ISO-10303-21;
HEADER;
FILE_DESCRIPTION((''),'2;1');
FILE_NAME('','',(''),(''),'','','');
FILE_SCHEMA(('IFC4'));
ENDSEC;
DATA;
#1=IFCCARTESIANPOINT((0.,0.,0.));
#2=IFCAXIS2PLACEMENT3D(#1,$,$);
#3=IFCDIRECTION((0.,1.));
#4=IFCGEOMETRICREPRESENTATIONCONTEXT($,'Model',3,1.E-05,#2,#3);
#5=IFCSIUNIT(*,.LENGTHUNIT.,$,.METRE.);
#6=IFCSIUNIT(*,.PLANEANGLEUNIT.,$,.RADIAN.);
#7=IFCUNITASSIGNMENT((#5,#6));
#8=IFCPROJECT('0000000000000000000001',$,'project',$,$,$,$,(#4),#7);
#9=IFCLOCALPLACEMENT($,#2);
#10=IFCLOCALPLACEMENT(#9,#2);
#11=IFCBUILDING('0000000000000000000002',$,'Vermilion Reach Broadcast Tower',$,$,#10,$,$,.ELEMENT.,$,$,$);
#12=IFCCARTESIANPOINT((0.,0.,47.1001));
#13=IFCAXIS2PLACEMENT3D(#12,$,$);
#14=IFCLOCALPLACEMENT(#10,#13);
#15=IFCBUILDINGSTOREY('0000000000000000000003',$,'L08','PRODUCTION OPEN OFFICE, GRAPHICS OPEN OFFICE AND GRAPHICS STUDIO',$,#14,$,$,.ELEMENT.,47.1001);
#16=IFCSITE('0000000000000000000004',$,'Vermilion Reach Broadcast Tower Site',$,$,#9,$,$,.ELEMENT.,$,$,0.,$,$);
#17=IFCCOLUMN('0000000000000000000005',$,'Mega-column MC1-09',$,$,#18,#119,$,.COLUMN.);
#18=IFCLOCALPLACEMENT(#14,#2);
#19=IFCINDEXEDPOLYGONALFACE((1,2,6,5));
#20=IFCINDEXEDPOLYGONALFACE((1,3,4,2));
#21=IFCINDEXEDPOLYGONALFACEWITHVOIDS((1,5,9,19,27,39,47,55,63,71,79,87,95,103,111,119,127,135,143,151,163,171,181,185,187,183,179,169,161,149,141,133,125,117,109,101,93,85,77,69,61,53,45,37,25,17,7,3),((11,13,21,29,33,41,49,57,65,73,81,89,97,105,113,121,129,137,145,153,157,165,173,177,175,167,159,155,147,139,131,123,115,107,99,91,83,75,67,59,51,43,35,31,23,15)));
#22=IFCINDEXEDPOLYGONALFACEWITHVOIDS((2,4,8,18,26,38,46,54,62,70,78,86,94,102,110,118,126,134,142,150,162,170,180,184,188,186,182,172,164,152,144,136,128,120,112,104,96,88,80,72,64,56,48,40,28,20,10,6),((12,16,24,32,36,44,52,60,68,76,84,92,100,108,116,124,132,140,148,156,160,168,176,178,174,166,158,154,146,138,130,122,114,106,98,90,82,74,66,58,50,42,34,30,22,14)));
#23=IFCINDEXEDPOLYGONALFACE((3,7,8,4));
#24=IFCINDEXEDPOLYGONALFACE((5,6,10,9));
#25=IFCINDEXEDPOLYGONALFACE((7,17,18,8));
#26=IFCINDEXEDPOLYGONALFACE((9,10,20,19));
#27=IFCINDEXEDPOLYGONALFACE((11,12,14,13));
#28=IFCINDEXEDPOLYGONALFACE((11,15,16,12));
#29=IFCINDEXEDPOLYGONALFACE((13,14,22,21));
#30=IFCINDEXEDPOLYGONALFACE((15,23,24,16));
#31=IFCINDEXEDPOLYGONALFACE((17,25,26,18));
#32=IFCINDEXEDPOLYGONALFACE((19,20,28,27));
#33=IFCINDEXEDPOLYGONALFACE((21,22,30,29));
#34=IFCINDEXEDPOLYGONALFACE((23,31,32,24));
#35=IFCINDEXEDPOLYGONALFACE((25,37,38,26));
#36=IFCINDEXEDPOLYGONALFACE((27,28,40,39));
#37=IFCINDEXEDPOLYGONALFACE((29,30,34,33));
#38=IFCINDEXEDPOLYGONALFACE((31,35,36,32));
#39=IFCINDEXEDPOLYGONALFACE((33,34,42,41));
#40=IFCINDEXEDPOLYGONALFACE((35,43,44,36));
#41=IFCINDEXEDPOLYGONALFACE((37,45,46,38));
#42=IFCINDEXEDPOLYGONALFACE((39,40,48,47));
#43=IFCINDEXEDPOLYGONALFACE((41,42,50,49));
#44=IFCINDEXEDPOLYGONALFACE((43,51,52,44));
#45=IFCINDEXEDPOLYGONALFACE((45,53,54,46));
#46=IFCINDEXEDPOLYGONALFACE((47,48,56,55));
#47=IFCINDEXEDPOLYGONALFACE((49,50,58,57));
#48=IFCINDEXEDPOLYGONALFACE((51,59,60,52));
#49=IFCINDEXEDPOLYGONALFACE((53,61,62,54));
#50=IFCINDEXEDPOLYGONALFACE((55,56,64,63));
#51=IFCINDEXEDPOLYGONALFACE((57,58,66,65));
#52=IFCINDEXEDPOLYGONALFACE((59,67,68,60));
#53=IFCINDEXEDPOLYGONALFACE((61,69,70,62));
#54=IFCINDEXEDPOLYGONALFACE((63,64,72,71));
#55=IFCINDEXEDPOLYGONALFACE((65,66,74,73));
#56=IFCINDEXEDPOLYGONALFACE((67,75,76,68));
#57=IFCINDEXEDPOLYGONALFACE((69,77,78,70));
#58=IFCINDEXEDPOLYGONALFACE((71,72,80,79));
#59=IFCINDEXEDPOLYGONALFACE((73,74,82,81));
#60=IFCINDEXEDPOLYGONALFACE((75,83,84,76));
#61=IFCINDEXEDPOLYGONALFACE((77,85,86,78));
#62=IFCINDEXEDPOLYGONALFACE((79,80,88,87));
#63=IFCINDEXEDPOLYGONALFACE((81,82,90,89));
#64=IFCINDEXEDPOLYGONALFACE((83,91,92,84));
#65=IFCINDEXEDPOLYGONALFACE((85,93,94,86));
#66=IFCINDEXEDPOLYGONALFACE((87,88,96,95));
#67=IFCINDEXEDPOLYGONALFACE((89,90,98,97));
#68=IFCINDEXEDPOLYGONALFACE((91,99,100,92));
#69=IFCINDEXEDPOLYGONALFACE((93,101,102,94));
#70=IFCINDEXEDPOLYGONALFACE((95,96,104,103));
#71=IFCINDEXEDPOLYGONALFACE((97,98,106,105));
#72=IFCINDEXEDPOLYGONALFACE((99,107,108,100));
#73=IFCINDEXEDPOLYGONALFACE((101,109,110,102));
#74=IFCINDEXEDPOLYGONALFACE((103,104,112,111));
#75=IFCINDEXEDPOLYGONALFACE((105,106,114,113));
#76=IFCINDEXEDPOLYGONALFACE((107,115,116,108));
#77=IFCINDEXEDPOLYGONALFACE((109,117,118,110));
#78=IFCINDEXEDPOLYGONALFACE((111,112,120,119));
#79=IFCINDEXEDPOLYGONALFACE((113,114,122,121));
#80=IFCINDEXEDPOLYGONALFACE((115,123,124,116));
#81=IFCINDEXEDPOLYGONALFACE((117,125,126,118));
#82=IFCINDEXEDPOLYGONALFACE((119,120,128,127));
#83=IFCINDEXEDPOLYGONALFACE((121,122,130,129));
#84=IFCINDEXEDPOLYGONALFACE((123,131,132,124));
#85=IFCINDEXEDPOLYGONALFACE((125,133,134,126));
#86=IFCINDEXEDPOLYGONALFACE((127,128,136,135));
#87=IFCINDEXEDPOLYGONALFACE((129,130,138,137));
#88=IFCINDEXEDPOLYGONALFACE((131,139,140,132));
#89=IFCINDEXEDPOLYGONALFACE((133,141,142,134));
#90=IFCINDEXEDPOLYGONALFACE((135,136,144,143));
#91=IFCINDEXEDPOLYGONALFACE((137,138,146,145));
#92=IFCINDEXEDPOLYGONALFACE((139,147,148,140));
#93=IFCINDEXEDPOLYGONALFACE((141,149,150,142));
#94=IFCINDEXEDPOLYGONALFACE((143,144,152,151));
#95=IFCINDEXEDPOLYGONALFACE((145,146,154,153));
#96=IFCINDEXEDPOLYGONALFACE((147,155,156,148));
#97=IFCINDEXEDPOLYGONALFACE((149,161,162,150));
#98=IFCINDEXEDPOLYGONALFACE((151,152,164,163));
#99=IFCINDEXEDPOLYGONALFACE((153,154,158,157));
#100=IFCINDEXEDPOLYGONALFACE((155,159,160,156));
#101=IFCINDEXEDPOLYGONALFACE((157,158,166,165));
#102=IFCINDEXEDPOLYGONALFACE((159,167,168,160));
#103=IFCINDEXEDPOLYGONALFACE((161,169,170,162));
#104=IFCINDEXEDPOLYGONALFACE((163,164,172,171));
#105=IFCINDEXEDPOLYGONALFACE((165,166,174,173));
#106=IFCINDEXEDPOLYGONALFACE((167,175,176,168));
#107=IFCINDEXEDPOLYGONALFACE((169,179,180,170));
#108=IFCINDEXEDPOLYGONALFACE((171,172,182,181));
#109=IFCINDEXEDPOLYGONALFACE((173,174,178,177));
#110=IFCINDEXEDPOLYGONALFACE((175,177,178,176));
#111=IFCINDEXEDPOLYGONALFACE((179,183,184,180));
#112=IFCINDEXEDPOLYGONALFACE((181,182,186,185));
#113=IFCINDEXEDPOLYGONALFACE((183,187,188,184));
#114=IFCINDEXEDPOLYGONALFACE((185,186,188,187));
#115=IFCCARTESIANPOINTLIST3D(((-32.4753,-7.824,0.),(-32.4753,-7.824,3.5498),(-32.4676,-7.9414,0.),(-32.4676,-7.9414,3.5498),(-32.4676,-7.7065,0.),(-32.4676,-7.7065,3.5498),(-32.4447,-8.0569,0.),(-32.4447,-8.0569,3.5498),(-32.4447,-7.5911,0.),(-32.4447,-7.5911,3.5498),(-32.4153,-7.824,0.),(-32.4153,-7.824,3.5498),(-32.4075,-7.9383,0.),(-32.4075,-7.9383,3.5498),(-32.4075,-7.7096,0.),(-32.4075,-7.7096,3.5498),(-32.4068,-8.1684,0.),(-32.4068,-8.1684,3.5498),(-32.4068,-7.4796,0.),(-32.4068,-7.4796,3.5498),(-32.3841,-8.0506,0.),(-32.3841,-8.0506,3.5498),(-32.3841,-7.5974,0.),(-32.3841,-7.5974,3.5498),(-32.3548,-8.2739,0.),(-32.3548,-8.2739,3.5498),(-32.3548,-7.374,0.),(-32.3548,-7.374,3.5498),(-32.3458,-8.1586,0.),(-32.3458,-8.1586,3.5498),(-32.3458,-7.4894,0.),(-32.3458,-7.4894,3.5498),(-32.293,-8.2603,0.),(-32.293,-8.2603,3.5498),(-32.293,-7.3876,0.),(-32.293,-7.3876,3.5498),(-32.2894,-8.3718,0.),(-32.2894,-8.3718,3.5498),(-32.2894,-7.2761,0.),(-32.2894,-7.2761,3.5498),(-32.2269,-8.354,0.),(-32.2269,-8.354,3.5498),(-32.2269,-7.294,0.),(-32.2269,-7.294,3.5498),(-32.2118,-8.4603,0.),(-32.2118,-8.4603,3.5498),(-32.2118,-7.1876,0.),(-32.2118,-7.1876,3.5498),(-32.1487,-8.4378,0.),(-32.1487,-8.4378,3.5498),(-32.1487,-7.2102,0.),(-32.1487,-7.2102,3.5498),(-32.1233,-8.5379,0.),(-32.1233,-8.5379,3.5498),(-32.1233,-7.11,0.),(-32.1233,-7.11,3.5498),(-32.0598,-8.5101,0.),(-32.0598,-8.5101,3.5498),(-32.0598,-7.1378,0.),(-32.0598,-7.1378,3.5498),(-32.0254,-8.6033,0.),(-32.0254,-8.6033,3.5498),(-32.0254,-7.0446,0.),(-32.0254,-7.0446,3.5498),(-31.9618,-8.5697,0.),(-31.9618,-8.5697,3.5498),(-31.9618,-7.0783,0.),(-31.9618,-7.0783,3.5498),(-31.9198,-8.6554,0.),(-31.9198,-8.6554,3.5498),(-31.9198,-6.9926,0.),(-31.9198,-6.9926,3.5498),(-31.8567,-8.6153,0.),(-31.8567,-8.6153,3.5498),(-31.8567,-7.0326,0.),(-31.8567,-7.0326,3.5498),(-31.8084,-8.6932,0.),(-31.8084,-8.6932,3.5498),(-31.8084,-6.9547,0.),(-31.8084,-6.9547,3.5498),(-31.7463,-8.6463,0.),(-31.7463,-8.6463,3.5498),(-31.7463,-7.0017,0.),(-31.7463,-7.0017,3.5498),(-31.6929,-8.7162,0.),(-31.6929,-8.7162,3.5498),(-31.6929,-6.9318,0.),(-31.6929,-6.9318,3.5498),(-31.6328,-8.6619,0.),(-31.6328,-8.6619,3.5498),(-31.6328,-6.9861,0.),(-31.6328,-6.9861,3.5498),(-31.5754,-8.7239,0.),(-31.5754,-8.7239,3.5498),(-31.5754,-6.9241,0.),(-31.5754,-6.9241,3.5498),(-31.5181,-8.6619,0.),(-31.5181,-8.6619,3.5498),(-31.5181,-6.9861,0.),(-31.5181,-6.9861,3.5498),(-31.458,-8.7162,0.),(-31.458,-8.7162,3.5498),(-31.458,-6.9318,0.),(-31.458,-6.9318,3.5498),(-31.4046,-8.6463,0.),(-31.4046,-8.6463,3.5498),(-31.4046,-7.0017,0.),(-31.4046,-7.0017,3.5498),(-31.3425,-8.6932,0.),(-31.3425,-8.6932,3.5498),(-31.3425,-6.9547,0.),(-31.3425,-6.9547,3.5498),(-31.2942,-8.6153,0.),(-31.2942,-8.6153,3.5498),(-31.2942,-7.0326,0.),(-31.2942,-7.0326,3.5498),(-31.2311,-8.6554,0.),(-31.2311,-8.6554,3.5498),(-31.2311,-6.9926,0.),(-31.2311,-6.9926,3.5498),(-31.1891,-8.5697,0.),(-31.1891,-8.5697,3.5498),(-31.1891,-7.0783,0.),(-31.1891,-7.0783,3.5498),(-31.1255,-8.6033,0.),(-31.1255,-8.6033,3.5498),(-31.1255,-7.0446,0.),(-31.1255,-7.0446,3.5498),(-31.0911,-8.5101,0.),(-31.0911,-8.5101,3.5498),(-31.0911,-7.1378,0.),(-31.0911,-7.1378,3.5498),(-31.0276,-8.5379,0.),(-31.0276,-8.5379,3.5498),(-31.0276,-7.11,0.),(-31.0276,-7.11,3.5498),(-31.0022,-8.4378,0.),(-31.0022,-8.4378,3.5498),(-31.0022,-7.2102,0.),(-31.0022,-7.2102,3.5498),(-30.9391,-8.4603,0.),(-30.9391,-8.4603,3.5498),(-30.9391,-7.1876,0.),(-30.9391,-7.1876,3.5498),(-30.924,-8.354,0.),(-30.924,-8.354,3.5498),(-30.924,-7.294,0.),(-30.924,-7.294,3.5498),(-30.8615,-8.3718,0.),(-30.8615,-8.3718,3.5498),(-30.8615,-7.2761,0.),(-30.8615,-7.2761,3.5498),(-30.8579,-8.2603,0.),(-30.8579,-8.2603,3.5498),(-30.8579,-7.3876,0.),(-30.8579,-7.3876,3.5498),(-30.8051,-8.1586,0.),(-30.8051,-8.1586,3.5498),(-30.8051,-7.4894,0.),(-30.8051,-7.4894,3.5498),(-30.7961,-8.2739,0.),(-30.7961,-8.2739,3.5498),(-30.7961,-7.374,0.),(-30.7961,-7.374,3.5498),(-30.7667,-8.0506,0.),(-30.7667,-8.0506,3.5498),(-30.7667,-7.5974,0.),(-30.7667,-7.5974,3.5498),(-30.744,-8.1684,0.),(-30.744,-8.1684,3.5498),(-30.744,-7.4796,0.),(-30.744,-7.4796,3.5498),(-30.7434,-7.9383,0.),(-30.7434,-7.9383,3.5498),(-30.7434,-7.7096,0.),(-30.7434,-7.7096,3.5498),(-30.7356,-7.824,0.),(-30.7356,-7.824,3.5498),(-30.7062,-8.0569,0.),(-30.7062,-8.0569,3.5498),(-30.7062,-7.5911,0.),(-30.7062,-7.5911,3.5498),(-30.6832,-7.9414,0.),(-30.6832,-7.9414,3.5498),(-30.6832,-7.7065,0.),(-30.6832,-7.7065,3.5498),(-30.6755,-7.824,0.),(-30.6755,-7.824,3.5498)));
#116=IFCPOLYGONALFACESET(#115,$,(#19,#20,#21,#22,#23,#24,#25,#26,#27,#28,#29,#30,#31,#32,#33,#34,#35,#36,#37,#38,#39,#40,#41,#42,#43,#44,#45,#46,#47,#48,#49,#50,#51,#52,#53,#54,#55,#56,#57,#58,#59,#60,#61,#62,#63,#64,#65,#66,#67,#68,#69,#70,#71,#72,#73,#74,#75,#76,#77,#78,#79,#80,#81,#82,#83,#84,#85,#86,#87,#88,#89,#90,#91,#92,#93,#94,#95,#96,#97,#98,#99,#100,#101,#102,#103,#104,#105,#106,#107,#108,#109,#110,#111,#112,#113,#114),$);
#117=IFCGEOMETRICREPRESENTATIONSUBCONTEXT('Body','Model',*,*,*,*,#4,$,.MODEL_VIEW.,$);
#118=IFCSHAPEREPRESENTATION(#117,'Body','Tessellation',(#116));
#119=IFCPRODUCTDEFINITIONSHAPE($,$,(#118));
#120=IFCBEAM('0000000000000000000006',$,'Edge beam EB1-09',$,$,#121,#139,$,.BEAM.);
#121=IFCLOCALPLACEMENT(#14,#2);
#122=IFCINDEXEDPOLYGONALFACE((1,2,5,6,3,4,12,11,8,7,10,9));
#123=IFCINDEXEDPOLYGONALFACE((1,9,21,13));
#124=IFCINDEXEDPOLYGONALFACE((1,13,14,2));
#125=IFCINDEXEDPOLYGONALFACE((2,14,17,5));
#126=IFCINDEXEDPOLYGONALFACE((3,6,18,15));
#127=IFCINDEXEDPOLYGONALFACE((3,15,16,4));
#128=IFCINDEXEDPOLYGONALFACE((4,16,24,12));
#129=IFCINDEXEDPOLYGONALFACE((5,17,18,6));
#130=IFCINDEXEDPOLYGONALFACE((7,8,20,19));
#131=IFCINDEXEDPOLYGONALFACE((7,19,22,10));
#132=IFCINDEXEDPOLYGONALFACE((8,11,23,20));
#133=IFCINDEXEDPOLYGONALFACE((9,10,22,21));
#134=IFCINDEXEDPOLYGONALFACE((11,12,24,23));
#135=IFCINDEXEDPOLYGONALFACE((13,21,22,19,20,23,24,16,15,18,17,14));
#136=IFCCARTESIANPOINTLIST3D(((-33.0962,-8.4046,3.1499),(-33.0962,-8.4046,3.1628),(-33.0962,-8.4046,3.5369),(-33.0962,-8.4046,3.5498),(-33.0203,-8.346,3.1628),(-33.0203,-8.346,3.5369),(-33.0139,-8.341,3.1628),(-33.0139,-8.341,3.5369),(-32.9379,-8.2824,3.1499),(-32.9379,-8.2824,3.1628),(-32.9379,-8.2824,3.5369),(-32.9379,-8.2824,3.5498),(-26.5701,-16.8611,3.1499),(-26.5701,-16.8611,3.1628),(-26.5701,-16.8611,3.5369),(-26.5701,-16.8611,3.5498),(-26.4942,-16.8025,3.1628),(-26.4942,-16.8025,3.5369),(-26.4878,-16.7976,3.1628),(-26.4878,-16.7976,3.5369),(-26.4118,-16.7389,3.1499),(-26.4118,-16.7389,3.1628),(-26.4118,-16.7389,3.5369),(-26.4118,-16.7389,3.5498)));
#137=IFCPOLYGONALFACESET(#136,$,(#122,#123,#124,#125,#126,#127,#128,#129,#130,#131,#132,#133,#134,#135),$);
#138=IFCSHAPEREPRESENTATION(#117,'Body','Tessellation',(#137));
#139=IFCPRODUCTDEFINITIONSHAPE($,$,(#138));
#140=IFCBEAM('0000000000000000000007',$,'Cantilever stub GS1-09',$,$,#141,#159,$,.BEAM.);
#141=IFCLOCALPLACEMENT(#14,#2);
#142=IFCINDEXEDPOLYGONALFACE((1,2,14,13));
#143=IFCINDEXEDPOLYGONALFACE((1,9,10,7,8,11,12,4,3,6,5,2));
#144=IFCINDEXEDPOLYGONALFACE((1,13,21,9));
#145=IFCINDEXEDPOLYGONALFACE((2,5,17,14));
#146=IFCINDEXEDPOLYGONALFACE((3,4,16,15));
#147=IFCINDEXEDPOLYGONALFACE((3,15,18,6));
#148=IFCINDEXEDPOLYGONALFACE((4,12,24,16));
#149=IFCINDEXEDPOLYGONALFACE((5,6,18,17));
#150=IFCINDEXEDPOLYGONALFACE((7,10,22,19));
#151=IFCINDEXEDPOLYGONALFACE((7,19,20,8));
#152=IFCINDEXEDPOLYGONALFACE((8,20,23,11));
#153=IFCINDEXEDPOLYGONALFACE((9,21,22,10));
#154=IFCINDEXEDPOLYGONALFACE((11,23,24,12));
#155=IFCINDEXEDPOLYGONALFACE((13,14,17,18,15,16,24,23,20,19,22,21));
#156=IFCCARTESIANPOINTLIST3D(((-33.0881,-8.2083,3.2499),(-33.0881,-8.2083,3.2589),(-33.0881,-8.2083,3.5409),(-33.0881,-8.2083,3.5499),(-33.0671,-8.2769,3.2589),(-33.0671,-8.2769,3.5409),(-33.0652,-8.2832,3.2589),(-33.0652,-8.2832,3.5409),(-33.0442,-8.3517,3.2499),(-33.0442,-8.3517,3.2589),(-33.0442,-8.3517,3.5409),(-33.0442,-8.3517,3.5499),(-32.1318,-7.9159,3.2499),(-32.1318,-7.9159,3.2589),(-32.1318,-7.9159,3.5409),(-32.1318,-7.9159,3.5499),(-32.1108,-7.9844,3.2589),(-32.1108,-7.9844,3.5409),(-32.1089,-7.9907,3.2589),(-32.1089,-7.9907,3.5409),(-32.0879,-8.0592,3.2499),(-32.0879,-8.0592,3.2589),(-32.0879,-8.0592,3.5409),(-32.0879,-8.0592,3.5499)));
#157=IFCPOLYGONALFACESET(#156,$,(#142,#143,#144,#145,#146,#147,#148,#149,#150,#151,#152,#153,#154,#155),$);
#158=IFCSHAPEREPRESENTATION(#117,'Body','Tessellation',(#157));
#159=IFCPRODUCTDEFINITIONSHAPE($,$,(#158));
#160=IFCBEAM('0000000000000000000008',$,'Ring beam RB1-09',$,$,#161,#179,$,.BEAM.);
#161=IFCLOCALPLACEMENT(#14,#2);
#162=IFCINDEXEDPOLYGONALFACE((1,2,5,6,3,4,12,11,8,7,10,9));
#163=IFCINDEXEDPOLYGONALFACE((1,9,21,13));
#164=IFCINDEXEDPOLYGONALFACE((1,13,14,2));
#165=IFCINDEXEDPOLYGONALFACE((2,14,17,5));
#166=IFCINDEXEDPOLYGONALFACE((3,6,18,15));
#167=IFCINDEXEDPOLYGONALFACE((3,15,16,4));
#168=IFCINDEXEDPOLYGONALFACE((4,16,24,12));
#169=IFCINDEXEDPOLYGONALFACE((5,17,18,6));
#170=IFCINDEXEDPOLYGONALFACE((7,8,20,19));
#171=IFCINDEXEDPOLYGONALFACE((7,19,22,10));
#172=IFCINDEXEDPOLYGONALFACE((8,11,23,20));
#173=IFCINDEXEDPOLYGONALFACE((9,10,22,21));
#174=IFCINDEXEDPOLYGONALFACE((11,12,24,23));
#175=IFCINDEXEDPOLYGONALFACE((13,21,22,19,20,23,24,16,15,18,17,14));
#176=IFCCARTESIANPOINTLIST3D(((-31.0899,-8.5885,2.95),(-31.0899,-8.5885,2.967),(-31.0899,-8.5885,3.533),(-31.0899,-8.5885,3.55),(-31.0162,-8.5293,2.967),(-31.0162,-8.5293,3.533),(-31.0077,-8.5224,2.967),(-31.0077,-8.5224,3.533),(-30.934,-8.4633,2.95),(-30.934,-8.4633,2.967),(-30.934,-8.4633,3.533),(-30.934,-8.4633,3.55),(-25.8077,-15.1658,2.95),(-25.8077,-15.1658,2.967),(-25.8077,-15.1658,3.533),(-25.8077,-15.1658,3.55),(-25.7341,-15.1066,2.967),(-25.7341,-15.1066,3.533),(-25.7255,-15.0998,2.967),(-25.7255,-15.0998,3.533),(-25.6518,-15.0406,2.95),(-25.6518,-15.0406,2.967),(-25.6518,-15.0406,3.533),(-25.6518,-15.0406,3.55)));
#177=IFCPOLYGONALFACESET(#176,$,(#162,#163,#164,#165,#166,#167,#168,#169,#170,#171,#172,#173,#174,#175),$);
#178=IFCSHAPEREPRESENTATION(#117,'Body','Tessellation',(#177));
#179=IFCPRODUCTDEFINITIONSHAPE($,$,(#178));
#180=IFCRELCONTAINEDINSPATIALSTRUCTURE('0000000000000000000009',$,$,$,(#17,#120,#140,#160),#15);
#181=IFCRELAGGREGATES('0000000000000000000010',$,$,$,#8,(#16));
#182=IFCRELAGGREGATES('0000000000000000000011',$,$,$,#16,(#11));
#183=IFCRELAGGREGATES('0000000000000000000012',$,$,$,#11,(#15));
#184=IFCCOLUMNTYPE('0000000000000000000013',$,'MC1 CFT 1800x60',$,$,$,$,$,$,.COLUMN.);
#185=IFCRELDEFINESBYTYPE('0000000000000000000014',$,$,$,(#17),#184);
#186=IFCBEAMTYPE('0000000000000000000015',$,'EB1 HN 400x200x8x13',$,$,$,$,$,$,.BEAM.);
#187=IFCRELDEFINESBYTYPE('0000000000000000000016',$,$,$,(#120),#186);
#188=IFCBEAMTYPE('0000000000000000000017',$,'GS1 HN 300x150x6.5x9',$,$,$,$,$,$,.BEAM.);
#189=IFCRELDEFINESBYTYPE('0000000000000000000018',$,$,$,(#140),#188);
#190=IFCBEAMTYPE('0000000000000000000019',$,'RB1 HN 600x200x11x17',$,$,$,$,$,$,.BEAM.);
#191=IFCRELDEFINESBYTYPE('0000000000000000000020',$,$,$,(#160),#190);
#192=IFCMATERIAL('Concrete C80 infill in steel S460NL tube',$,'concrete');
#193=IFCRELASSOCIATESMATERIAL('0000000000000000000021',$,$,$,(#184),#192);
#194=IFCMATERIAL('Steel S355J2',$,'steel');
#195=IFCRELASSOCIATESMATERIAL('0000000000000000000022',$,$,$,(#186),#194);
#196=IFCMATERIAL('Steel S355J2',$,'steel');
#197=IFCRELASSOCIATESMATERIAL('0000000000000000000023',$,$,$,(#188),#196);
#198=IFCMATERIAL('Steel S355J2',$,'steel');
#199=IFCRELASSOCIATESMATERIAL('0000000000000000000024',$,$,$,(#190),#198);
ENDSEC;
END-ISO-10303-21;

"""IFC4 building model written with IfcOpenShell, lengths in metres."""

from ifc_helpers import new_model, si_unit, direction, frame, origin, origin_2d, place, context, subcontext, project, spatial, hollow_circle, i_section, extrude, material, material_profile, profile_set, type_object, element, save


model = new_model("IFC4")

# Units and contexts
model_context = context("Model", 3, precision=1e-05, world=origin(), true_north=direction((0.0, 1.0)))
body_context = subcontext(model_context, "Body", "Model", "MODEL_VIEW")
ifc_project = project(units=[si_unit("LENGTHUNIT", "METRE"), si_unit("PLANEANGLEUNIT", "RADIAN")], contexts=[model_context])

# Site, building, storey
site_placement = place(None, origin())
site = spatial("IfcSite", under=ifc_project, at=site_placement, Name="Vermilion Reach Broadcast Tower Site", CompositionType="ELEMENT", RefElevation=0.0)
building_placement = place(site_placement, origin())
building = spatial("IfcBuilding", under=site, at=building_placement, Name="Vermilion Reach Broadcast Tower", CompositionType="ELEMENT")
storey_placement = place(building_placement, frame((0.0, 0.0, 47.1001)))
storey = spatial("IfcBuildingStorey", under=building, at=storey_placement, Name="L08", Description="PRODUCTION OPEN OFFICE, GRAPHICS OPEN OFFICE AND GRAPHICS STUDIO", CompositionType="ELEMENT", Elevation=47.1001)

# Column
ifc_material_1 = material(Name="Concrete C80 infill in steel S460NL tube", Category="concrete")
ifc_material_profile_1 = material_profile(ifc_material_1, hollow_circle(Radius=0.8999, WallThickness=0.0601, at=origin_2d()), Name="Concrete C80 infill in steel S460NL tube CFT 1800x60")
ifc_profile_set_1 = profile_set([ifc_material_profile_1], Name="Concrete C80 infill in steel S460NL tube")
column_type = type_object("IfcColumnType", Name="MC1 CFT 1800x60", PredefinedType="COLUMN", material=ifc_profile_set_1)
column_placement = place(storey_placement, frame((-31.5754, -7.824, 0.0), z_axis=(0.0, 0.0, 1.0), x_axis=(1.0, 0.0, 0.0)))
element("IfcColumn", 1, at=column_placement, inside=storey, type_object=column_type, Name="Mega-column MC1-09", PredefinedType="COLUMN", context=body_context, shape_type="SweptSolid", body=[
    extrude(hollow_circle(Radius=0.8999, WallThickness=0.0601, at=origin_2d()), origin(), (0.0, 0.0, 1.0), 3.5498),
])

# Beams
ifc_material_2 = material(Name="Steel S355J2", Category="steel")
ifc_material_profile_2 = material_profile(ifc_material_2, i_section(OverallWidth=0.2, OverallDepth=0.3999, WebThickness=0.0081, FlangeThickness=0.0129, at=origin_2d()), Name="S355J2 HN 400x200x8x13")
ifc_profile_set_2 = profile_set([ifc_material_profile_2], Name="Steel S355J2")
beam_type_1 = type_object("IfcBeamType", Name="EB1 HN 400x200x8x13", PredefinedType="BEAM", material=ifc_profile_set_2)
beam_1_placement = place(storey_placement, frame((-33.0171, -8.3435, 3.3499), z_axis=(0.61095, -0.791669, 0.0), x_axis=(0.791669, 0.61095, 0.0)))
element("IfcBeam", 2, at=beam_1_placement, inside=storey, type_object=beam_type_1, Name="Edge beam EB1-09", PredefinedType="BEAM", context=body_context, shape_type="SweptSolid", body=[
    extrude(i_section(OverallWidth=0.2, OverallDepth=0.3999, WebThickness=0.0081, FlangeThickness=0.0129, at=origin_2d()), origin(), (0.0, 0.0, 1.0), 10.6819),
])
ifc_material_3 = material(Name="Steel S355J2", Category="steel")
ifc_material_profile_3 = material_profile(ifc_material_3, i_section(OverallWidth=0.1499, OverallDepth=0.3, WebThickness=0.0066, FlangeThickness=0.009, at=origin_2d()), Name="S355J2 HN 300x150x6.5x9")
ifc_profile_set_3 = profile_set([ifc_material_profile_3], Name="Steel S355J2")
beam_type_2 = type_object("IfcBeamType", Name="GS1 HN 300x150x6.5x9", PredefinedType="BEAM", material=ifc_profile_set_3)
beam_2_placement = place(storey_placement, frame((-32.1099, -7.9875, 3.3999), z_axis=(-0.956274, -0.292473, 0.0), x_axis=(0.292473, -0.956274, 0.0)))
element("IfcBeam", 3, at=beam_2_placement, inside=storey, type_object=beam_type_2, Name="Cantilever stub GS1-09", PredefinedType="BEAM", context=body_context, shape_type="SweptSolid", body=[
    extrude(i_section(OverallWidth=0.1499, OverallDepth=0.3, WebThickness=0.0066, FlangeThickness=0.009, at=origin_2d()), origin(), (0.0, 0.0, 1.0), 1.0),
])
ifc_material_4 = material(Name="Steel S355J2", Category="steel")
ifc_material_profile_4 = material_profile(ifc_material_4, i_section(OverallWidth=0.2, OverallDepth=0.6001, WebThickness=0.011, FlangeThickness=0.0171, at=origin_2d()), Name="S355J2 HN 600x200x11x17")
ifc_profile_set_4 = profile_set([ifc_material_profile_4], Name="Steel S355J2")
beam_type_3 = type_object("IfcBeamType", Name="RB1 HN 600x200x11x17", PredefinedType="BEAM", material=ifc_profile_set_4)
beam_3_placement = place(storey_placement, frame((-31.012, -8.5259, 3.25), z_axis=(0.626162, -0.779693, 0.0), x_axis=(0.779693, 0.626162, 0.0)))
element("IfcBeam", 4, at=beam_3_placement, inside=storey, type_object=beam_type_3, Name="Ring beam RB1-09", PredefinedType="BEAM", context=body_context, shape_type="SweptSolid", body=[
    extrude(i_section(OverallWidth=0.2, OverallDepth=0.6001, WebThickness=0.011, FlangeThickness=0.0171, at=origin_2d()), origin(), (0.0, 0.0, 1.0), 8.4358),
])

save(model, "model.ifc")
